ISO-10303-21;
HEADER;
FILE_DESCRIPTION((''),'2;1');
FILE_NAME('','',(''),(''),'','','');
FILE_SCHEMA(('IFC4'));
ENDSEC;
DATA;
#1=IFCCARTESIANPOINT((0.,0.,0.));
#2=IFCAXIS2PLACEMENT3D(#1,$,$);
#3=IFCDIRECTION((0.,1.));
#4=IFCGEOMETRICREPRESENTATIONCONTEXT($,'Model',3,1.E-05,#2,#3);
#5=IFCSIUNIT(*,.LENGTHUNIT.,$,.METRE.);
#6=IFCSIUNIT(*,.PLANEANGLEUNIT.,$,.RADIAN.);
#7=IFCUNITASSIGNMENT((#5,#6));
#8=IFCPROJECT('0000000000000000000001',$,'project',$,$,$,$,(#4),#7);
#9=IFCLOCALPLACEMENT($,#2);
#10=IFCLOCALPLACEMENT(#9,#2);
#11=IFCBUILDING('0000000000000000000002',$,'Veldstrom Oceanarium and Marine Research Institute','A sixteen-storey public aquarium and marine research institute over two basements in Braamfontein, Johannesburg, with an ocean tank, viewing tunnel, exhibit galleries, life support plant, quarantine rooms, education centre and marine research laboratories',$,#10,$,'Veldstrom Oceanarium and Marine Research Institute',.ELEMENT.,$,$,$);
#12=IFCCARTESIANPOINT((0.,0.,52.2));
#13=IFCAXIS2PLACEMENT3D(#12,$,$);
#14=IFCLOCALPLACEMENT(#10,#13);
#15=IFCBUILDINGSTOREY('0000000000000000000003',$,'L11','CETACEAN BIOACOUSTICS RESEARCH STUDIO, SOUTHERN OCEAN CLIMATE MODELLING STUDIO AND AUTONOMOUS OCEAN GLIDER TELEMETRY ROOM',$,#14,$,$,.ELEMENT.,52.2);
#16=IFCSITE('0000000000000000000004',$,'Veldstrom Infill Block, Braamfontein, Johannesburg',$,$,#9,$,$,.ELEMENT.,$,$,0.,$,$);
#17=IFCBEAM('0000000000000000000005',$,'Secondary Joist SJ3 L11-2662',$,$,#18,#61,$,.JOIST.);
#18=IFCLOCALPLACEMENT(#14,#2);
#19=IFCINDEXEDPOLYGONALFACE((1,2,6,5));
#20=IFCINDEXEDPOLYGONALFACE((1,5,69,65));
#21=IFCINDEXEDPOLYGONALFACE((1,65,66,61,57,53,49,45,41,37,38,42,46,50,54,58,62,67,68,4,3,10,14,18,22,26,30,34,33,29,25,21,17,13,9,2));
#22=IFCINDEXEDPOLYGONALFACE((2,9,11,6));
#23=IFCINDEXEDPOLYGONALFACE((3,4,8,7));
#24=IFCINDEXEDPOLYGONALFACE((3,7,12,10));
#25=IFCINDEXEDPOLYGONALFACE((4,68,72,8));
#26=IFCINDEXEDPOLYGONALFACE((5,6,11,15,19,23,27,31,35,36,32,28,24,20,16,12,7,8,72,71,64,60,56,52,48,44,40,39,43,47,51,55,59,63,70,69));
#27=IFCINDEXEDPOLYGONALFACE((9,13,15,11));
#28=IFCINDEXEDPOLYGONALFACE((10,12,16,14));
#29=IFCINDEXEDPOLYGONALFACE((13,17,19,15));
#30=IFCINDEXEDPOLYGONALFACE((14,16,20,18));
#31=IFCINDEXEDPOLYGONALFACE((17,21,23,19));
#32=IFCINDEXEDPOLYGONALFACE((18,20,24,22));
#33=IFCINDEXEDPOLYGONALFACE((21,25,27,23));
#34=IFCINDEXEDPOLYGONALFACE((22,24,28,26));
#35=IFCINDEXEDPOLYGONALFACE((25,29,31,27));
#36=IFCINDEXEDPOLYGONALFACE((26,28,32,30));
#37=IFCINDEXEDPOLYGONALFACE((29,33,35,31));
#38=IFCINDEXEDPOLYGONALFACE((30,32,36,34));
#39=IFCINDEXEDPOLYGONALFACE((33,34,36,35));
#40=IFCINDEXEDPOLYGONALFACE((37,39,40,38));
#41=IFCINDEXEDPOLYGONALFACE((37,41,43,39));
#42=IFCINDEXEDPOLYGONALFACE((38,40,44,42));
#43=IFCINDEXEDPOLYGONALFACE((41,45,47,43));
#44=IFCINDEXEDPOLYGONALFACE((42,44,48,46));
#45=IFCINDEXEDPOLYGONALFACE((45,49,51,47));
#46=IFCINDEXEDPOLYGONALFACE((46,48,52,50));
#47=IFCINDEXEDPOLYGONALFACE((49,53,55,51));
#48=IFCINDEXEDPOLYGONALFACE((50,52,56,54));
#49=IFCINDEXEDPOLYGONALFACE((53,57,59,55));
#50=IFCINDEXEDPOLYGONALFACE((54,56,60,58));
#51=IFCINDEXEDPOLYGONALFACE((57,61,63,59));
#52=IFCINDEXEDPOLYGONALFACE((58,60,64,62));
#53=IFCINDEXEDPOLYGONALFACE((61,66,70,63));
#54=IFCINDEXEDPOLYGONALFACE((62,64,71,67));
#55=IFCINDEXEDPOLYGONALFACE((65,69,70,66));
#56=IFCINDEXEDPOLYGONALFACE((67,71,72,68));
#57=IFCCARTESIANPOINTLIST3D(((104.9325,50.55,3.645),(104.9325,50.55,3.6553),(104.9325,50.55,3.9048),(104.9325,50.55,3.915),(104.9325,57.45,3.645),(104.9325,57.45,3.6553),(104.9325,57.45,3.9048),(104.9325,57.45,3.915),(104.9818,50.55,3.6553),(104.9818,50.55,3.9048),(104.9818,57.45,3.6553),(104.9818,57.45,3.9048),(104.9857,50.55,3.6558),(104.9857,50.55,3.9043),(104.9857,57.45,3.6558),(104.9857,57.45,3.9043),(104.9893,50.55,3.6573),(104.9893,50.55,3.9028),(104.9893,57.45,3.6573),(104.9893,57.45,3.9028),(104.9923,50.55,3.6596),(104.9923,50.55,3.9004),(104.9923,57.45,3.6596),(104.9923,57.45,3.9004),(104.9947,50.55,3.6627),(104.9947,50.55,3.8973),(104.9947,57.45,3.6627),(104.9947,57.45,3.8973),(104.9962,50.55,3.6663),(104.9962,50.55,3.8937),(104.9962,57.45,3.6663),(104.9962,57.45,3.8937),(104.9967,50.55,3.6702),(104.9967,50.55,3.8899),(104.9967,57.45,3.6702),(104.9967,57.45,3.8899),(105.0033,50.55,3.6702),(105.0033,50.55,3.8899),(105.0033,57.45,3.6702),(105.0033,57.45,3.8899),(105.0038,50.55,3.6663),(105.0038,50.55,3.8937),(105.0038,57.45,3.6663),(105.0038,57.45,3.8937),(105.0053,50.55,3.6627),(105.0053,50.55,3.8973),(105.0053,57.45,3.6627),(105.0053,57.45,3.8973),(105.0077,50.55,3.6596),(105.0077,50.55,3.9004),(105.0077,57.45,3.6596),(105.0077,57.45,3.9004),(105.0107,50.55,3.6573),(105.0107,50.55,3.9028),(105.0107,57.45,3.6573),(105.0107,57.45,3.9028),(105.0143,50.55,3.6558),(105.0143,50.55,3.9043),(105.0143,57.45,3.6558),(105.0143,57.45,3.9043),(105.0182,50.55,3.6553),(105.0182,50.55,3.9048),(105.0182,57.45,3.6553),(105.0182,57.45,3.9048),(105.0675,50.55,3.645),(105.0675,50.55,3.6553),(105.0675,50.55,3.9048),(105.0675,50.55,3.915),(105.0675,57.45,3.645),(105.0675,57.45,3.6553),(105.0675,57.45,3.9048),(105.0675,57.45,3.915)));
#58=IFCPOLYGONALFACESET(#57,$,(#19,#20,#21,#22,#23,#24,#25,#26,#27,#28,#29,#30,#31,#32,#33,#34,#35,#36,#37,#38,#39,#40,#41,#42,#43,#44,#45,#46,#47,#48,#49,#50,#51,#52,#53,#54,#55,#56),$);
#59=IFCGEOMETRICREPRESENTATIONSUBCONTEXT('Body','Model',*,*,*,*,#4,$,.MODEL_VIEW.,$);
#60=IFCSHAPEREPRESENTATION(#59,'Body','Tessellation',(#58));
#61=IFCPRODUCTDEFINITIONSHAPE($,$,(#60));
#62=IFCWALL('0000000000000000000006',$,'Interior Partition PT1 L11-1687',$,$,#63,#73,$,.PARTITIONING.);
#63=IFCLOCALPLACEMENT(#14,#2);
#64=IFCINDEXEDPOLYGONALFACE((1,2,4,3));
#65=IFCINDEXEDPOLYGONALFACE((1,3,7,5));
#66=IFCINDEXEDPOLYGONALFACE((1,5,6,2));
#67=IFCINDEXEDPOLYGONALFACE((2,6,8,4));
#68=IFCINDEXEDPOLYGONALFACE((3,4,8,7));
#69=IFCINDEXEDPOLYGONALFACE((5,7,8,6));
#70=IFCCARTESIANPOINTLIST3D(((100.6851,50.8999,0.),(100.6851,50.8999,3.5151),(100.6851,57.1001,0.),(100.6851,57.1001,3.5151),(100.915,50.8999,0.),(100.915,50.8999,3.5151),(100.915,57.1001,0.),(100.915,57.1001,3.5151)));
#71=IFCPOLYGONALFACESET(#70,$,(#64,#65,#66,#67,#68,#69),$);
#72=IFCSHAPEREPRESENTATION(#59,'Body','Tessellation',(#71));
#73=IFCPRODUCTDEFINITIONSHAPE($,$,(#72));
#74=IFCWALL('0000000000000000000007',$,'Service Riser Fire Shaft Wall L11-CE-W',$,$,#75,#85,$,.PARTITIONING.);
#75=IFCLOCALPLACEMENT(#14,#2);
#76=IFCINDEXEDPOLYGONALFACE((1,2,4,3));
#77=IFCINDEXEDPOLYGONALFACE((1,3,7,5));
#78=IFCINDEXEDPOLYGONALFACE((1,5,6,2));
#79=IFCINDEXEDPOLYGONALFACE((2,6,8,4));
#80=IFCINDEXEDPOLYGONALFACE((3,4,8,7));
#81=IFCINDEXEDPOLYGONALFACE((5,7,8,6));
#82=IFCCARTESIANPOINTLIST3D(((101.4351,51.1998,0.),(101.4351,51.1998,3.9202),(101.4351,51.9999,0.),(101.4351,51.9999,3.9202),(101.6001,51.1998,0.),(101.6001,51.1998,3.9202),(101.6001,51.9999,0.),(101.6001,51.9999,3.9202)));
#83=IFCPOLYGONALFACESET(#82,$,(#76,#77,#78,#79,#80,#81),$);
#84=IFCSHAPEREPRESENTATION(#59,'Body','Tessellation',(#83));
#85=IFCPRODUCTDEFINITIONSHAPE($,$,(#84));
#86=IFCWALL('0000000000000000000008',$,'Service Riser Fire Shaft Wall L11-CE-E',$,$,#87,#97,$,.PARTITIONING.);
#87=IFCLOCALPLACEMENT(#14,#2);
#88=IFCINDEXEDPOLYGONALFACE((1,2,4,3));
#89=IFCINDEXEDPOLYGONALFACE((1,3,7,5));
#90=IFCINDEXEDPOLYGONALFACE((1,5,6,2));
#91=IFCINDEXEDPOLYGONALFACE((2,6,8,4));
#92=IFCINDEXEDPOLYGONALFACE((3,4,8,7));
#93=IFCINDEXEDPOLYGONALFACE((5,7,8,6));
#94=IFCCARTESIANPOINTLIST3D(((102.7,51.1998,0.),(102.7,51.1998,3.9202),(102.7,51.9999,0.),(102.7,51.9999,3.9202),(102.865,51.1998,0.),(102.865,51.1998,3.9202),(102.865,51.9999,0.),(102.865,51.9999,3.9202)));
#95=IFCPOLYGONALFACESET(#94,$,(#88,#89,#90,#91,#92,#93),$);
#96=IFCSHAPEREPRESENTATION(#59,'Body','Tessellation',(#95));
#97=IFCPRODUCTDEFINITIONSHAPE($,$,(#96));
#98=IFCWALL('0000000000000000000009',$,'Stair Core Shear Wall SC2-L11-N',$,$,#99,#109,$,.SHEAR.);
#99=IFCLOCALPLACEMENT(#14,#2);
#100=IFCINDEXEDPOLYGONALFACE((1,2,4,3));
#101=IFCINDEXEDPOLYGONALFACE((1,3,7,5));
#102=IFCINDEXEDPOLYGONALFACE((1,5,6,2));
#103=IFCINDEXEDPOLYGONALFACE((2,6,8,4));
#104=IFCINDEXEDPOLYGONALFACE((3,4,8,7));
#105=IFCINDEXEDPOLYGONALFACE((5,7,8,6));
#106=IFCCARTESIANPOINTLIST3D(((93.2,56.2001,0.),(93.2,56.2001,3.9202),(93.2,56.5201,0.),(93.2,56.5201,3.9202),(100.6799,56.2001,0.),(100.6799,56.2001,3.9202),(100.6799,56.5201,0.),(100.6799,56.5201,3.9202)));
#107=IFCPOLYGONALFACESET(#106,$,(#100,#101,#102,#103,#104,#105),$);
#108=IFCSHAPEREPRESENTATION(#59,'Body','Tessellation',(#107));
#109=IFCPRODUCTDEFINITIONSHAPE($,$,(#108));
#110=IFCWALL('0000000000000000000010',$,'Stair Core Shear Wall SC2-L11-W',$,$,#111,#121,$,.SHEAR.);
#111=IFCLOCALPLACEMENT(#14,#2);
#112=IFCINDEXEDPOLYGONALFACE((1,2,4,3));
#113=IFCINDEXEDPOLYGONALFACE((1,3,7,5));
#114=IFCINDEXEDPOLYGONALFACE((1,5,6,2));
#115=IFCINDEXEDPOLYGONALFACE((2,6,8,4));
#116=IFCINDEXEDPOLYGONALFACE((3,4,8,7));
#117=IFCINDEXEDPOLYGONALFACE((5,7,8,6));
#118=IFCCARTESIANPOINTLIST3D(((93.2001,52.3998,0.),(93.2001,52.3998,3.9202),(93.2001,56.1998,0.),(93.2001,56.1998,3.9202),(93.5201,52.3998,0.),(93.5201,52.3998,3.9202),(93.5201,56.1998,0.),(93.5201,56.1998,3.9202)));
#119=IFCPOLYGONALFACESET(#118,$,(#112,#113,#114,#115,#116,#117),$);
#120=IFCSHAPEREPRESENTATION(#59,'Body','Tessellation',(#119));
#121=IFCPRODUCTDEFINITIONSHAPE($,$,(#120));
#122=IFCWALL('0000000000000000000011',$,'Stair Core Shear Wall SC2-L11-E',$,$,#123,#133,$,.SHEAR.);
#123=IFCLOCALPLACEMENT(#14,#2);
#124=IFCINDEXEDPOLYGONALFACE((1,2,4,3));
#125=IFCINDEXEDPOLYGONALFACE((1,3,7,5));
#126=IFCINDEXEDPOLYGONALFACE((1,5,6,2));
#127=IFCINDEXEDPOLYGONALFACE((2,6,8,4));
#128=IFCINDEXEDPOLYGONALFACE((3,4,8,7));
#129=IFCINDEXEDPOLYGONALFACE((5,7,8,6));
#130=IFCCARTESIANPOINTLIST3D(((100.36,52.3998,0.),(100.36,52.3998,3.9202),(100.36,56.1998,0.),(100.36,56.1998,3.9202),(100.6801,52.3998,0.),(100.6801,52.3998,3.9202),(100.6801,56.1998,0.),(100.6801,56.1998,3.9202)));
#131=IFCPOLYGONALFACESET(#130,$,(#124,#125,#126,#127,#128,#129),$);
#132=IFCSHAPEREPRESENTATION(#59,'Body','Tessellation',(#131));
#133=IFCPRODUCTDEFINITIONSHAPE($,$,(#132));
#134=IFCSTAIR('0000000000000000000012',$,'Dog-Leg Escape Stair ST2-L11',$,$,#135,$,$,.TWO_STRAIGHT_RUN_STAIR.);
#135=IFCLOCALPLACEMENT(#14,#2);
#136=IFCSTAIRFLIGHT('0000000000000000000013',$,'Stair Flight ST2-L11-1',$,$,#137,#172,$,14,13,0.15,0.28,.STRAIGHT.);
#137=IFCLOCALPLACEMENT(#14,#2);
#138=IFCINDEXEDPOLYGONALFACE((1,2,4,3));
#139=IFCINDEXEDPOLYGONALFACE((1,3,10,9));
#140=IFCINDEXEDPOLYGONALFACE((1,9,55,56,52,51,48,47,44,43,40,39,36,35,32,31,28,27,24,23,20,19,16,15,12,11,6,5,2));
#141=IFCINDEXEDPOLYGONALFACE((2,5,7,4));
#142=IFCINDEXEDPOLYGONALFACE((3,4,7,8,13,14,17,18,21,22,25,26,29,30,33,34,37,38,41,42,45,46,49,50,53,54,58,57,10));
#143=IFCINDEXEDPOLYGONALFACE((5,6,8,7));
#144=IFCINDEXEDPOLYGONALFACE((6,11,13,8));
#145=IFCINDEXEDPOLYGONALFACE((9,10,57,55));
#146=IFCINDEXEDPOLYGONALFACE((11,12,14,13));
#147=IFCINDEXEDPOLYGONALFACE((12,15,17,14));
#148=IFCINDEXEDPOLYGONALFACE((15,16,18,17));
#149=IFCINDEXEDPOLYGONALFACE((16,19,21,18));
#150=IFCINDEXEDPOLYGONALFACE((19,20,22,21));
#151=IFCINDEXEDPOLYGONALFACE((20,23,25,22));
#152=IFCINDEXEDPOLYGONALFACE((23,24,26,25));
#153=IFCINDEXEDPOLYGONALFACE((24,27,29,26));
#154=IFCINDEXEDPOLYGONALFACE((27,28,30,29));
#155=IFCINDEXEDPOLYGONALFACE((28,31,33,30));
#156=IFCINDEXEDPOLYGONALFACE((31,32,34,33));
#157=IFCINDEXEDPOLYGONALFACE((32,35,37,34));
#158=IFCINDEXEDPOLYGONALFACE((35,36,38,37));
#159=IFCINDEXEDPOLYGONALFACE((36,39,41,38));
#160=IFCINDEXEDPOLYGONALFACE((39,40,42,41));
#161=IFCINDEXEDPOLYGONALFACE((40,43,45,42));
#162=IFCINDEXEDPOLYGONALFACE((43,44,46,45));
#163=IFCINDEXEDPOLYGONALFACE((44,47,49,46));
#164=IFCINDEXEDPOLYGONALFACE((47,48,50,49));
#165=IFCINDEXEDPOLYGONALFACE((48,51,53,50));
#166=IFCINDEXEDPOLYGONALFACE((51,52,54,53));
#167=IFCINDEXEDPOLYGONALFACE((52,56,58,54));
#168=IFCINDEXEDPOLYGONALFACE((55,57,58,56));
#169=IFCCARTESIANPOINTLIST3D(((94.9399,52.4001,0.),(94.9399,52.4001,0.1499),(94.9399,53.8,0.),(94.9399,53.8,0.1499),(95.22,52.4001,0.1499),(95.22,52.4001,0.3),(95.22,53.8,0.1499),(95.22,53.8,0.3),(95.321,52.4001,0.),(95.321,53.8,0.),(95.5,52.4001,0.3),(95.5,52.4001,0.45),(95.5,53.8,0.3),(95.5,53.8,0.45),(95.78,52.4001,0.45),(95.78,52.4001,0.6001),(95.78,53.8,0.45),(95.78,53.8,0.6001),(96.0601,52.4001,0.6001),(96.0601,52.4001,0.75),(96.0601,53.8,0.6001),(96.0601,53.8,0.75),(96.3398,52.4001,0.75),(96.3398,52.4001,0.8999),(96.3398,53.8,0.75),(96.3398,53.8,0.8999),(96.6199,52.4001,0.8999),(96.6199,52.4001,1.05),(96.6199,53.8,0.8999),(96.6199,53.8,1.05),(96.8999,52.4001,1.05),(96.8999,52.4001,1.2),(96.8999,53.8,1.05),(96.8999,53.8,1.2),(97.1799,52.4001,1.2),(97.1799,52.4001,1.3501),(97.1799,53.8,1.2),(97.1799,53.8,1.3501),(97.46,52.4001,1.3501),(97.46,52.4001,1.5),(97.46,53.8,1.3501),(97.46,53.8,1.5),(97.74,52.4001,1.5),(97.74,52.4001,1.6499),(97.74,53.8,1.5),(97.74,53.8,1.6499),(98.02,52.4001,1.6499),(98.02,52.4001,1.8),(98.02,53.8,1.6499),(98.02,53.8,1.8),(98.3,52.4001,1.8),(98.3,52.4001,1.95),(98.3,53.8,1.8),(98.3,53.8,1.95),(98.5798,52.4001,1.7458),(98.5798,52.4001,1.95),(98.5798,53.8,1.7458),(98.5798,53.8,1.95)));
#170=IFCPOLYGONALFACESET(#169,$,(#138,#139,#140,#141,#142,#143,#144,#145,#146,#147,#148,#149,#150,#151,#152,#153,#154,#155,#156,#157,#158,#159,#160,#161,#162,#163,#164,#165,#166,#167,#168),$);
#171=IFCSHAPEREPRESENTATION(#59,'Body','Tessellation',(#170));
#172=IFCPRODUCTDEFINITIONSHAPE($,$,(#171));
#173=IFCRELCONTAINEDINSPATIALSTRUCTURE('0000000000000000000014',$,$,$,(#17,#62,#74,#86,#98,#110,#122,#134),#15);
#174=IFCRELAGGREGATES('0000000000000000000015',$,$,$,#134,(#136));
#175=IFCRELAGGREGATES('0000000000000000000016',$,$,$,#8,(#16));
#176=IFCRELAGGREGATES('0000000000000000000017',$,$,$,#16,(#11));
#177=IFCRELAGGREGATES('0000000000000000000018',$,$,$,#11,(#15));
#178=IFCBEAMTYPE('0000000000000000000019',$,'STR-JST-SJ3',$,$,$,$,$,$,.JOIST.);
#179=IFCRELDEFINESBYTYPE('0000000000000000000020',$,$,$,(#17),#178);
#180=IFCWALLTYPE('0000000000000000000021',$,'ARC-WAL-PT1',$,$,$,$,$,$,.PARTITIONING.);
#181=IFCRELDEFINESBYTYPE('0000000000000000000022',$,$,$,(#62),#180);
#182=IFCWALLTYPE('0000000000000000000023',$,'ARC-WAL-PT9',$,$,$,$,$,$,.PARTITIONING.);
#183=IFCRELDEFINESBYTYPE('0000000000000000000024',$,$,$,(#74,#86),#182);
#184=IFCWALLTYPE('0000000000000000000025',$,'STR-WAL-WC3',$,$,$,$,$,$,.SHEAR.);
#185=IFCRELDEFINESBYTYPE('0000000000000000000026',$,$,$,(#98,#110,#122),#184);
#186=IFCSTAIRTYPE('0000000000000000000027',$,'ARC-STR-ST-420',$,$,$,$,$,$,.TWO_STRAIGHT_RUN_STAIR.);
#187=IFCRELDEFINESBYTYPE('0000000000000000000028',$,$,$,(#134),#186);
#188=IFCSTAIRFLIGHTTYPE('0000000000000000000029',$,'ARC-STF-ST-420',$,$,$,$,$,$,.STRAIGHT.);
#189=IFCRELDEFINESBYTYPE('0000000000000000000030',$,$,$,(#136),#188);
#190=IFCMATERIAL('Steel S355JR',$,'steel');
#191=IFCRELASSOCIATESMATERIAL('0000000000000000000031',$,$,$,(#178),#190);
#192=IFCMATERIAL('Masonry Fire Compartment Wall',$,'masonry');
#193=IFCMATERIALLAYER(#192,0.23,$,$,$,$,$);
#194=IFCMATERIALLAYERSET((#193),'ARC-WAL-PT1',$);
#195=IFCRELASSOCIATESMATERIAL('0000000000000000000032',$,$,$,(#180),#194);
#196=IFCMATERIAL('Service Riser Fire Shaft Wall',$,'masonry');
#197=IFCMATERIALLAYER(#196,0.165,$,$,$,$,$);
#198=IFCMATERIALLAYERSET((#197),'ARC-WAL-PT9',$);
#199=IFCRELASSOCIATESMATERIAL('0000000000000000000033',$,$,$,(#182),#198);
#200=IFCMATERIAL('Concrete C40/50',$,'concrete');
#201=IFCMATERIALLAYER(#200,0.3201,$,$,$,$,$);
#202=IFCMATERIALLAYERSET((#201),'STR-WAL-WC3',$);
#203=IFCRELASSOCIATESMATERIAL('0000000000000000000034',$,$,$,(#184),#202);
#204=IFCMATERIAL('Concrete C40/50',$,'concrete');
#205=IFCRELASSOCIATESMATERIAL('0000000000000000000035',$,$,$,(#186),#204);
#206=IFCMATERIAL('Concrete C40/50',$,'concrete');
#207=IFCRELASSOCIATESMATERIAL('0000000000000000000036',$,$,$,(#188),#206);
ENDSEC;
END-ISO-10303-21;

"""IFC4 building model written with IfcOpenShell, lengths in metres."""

from ifc_helpers import new_model, si_unit, direction, frame, frame_2d, origin, origin_2d, place, context, subcontext, project, spatial, polyline, rectangle, i_section, outline, extrude, material, layer, layer_set, material_profile, profile_set, type_object, element, aggregate, save


model = new_model("IFC4")

# Units and contexts
model_context = context("Model", 3, precision=1e-05, world=origin(), true_north=direction((0.0, 1.0)))
body_context = subcontext(model_context, "Body", "Model", "MODEL_VIEW")
ifc_project = project(units=[si_unit("LENGTHUNIT", "METRE"), si_unit("PLANEANGLEUNIT", "RADIAN")], contexts=[model_context])

# Site, building, storey
site_placement = place(None, origin())
site = spatial("IfcSite", under=ifc_project, at=site_placement, Name="Veldstrom Infill Block, Braamfontein, Johannesburg", CompositionType="ELEMENT", RefElevation=0.0)
building_placement = place(site_placement, origin())
building = spatial("IfcBuilding", under=site, at=building_placement, Name="Veldstrom Oceanarium and Marine Research Institute", Description="A sixteen-storey public aquarium and marine research institute over two basements in Braamfontein, Johannesburg, with an ocean tank, viewing tunnel, exhibit galleries, life support plant, quarantine rooms, education centre and marine research laboratories", LongName="Veldstrom Oceanarium and Marine Research Institute", CompositionType="ELEMENT")
storey_placement = place(building_placement, frame((0.0, 0.0, 52.2)))
storey = spatial("IfcBuildingStorey", under=building, at=storey_placement, Name="L11", Description="CETACEAN BIOACOUSTICS RESEARCH STUDIO, SOUTHERN OCEAN CLIMATE MODELLING STUDIO AND AUTONOMOUS OCEAN GLIDER TELEMETRY ROOM", CompositionType="ELEMENT", Elevation=52.2)

# Beam
ifc_material_1 = material(Name="Steel S355JR", Category="steel")
ifc_material_profile = material_profile(ifc_material_1, i_section(OverallWidth=0.135, OverallDepth=0.27, WebThickness=0.0066, FlangeThickness=0.0103, FilletRadius=0.0149, at=origin_2d()), Name="IPE 270")
ifc_profile_set = profile_set([ifc_material_profile], Name="Steel S355JR")
beam_type = type_object("IfcBeamType", Name="STR-JST-SJ3", PredefinedType="JOIST", material=ifc_profile_set)
beam_placement = place(storey_placement, frame((105.0, 50.55, 3.78), z_axis=(0.0, 1.0, 0.0), x_axis=(-1.0, 0.0, 0.0)))
element("IfcBeam", 1, at=beam_placement, inside=storey, type_object=beam_type, Name="Secondary Joist SJ3 L11-2662", PredefinedType="JOIST", context=body_context, shape_type="SweptSolid", body=[
    extrude(i_section(OverallWidth=0.135, OverallDepth=0.27, WebThickness=0.0066, FlangeThickness=0.0103, FilletRadius=0.0149, at=origin_2d()), origin(), (0.0, 0.0, 1.0), 6.8999),
])

# Walls
ifc_material_2 = material(Name="Masonry Fire Compartment Wall", Category="masonry")
ifc_layer_1 = layer(ifc_material_2, 0.23)
ifc_layer_set_1 = layer_set([ifc_layer_1], Name="ARC-WAL-PT1")
wall_type_1 = type_object("IfcWallType", Name="ARC-WAL-PT1", PredefinedType="PARTITIONING", material=ifc_layer_set_1)
wall_1_placement = place(storey_placement, frame((100.8, 50.8999, 0.0), z_axis=(0.0, 0.0, 1.0), x_axis=(0.0, 1.0, 0.0)))
element("IfcWall", 2, at=wall_1_placement, inside=storey, type_object=wall_type_1, Name="Interior Partition PT1 L11-1687", PredefinedType="PARTITIONING", context=body_context, shape_type="SweptSolid", body=[
    extrude(rectangle(XDim=6.2002, YDim=0.23, at=frame_2d((3.1001, 0.0))), origin(), (0.0, 0.0, 1.0), 3.5151),
])
ifc_material_3 = material(Name="Service Riser Fire Shaft Wall", Category="masonry")
ifc_layer_2 = layer(ifc_material_3, 0.165)
ifc_layer_set_2 = layer_set([ifc_layer_2], Name="ARC-WAL-PT9")
wall_type_2 = type_object("IfcWallType", Name="ARC-WAL-PT9", PredefinedType="PARTITIONING", material=ifc_layer_set_2)
for number, where, z_axis, x_axis, name in (
    (3, (101.5176, 51.2, 0.0), (0.0, 0.0, 1.0), (0.0, 1.0, 0.0), "Service Riser Fire Shaft Wall L11-CE-W"),
    (4, (102.7825, 51.2, 0.0), (0.0, 0.0, 1.0), (0.0, 1.0, 0.0), "Service Riser Fire Shaft Wall L11-CE-E"),
):
    element("IfcWall", number, at=place(storey_placement, frame(where, z_axis=z_axis, x_axis=x_axis)), inside=storey, type_object=wall_type_2, Name=name, PredefinedType="PARTITIONING", context=body_context, shape_type="SweptSolid", body=[
        extrude(rectangle(XDim=0.8, YDim=0.165, at=frame_2d((0.3999, 0.0))), origin(), (0.0, 0.0, 1.0), 3.9202),
    ])

# Shared definitions
ifc_material_4 = material(Name="Concrete C40/50", Category="concrete")
ifc_layer_3 = layer(ifc_material_4, 0.3201)
ifc_layer_set_3 = layer_set([ifc_layer_3], Name="STR-WAL-WC3")
wall_type_3 = type_object("IfcWallType", Name="STR-WAL-WC3", PredefinedType="SHEAR", material=ifc_layer_set_3)

# Walls
wall_2_placement = place(storey_placement, frame((93.2, 56.3601, 0.0), z_axis=(0.0, 0.0, 1.0), x_axis=(1.0, 0.0, 0.0)))
element("IfcWall", 5, at=wall_2_placement, inside=storey, type_object=wall_type_3, Name="Stair Core Shear Wall SC2-L11-N", PredefinedType="SHEAR", context=body_context, shape_type="SweptSolid", body=[
    extrude(rectangle(XDim=7.48, YDim=0.3201, at=frame_2d((3.74, 0.0))), origin(), (0.0, 0.0, 1.0), 3.9202),
])
for number, where, z_axis, x_axis, name in (
    (6, (93.3601, 52.3999, 0.0), (0.0, 0.0, 1.0), (0.0, 1.0, 0.0), "Stair Core Shear Wall SC2-L11-W"),
    (7, (100.52, 52.3999, 0.0), (0.0, 0.0, 1.0), (0.0, 1.0, 0.0), "Stair Core Shear Wall SC2-L11-E"),
):
    element("IfcWall", number, at=place(storey_placement, frame(where, z_axis=z_axis, x_axis=x_axis)), inside=storey, type_object=wall_type_3, Name=name, PredefinedType="SHEAR", context=body_context, shape_type="SweptSolid", body=[
        extrude(rectangle(XDim=3.8, YDim=0.3201, at=frame_2d((1.8999, 0.0))), origin(), (0.0, 0.0, 1.0), 3.9202),
    ])

# Stair, stair flight
ifc_material_5 = material(Name="Concrete C40/50", Category="concrete")
stair_type = type_object("IfcStairType", Name="ARC-STR-ST-420", PredefinedType="TWO_STRAIGHT_RUN_STAIR", material=ifc_material_5)
stair_placement = place(storey_placement, origin())
stair = element("IfcStair", 8, at=stair_placement, inside=storey, type_object=stair_type, Name="Dog-Leg Escape Stair ST2-L11", PredefinedType="TWO_STRAIGHT_RUN_STAIR")
ifc_material_6 = material(Name="Concrete C40/50", Category="concrete")
stair_flight_type = type_object("IfcStairFlightType", Name="ARC-STF-ST-420", PredefinedType="STRAIGHT", material=ifc_material_6)
stair_flight_1_placement = place(storey_placement, frame((94.9399, 53.1001, 0.0), z_axis=(0.0, 0.0, 1.0), x_axis=(1.0, 0.0, 0.0)))
stair_flight_1 = element("IfcStairFlight", 9, at=stair_flight_1_placement, type_object=stair_flight_type, Name="Stair Flight ST2-L11-1", NumberOfRisers=14, NumberOfTreads=13, PredefinedType="STRAIGHT", RiserHeight=0.15, TreadLength=0.28, context=body_context, shape_type="SweptSolid", body=[
    extrude(outline(polyline([(0.0, 0.0), (0.0, 0.1499), (0.28, 0.1499), (0.28, 0.3), (0.5601, 0.3), (0.5601, 0.45), (0.8401, 0.45), (0.8401, 0.6001), (1.1201, 0.6001), (1.1201, 0.75), (1.3999, 0.75), (1.3999, 0.8999), (1.6799, 0.8999), (1.6799, 1.05), (1.96, 1.05), (1.96, 1.2), (2.24, 1.2), (2.24, 1.3501), (2.52, 1.3501), (2.52, 1.5), (2.8, 1.5), (2.8, 1.6499), (3.0801, 1.6499), (3.0801, 1.8), (3.3601, 1.8), (3.3601, 1.95), (3.6399, 1.95), (3.6399, 2.1001), (3.6399, 1.7458), (0.3811, 0.0), (0.0, 0.0)])), frame((0.0, 0.7, 0.0), z_axis=(0.0, -1.0, 0.0), x_axis=(1.0, 0.0, 0.0)), (0.0, 0.0, 1.0), 1.3999),
])
aggregate(stair, [stair_flight_1])

save(model, "model.ifc")
